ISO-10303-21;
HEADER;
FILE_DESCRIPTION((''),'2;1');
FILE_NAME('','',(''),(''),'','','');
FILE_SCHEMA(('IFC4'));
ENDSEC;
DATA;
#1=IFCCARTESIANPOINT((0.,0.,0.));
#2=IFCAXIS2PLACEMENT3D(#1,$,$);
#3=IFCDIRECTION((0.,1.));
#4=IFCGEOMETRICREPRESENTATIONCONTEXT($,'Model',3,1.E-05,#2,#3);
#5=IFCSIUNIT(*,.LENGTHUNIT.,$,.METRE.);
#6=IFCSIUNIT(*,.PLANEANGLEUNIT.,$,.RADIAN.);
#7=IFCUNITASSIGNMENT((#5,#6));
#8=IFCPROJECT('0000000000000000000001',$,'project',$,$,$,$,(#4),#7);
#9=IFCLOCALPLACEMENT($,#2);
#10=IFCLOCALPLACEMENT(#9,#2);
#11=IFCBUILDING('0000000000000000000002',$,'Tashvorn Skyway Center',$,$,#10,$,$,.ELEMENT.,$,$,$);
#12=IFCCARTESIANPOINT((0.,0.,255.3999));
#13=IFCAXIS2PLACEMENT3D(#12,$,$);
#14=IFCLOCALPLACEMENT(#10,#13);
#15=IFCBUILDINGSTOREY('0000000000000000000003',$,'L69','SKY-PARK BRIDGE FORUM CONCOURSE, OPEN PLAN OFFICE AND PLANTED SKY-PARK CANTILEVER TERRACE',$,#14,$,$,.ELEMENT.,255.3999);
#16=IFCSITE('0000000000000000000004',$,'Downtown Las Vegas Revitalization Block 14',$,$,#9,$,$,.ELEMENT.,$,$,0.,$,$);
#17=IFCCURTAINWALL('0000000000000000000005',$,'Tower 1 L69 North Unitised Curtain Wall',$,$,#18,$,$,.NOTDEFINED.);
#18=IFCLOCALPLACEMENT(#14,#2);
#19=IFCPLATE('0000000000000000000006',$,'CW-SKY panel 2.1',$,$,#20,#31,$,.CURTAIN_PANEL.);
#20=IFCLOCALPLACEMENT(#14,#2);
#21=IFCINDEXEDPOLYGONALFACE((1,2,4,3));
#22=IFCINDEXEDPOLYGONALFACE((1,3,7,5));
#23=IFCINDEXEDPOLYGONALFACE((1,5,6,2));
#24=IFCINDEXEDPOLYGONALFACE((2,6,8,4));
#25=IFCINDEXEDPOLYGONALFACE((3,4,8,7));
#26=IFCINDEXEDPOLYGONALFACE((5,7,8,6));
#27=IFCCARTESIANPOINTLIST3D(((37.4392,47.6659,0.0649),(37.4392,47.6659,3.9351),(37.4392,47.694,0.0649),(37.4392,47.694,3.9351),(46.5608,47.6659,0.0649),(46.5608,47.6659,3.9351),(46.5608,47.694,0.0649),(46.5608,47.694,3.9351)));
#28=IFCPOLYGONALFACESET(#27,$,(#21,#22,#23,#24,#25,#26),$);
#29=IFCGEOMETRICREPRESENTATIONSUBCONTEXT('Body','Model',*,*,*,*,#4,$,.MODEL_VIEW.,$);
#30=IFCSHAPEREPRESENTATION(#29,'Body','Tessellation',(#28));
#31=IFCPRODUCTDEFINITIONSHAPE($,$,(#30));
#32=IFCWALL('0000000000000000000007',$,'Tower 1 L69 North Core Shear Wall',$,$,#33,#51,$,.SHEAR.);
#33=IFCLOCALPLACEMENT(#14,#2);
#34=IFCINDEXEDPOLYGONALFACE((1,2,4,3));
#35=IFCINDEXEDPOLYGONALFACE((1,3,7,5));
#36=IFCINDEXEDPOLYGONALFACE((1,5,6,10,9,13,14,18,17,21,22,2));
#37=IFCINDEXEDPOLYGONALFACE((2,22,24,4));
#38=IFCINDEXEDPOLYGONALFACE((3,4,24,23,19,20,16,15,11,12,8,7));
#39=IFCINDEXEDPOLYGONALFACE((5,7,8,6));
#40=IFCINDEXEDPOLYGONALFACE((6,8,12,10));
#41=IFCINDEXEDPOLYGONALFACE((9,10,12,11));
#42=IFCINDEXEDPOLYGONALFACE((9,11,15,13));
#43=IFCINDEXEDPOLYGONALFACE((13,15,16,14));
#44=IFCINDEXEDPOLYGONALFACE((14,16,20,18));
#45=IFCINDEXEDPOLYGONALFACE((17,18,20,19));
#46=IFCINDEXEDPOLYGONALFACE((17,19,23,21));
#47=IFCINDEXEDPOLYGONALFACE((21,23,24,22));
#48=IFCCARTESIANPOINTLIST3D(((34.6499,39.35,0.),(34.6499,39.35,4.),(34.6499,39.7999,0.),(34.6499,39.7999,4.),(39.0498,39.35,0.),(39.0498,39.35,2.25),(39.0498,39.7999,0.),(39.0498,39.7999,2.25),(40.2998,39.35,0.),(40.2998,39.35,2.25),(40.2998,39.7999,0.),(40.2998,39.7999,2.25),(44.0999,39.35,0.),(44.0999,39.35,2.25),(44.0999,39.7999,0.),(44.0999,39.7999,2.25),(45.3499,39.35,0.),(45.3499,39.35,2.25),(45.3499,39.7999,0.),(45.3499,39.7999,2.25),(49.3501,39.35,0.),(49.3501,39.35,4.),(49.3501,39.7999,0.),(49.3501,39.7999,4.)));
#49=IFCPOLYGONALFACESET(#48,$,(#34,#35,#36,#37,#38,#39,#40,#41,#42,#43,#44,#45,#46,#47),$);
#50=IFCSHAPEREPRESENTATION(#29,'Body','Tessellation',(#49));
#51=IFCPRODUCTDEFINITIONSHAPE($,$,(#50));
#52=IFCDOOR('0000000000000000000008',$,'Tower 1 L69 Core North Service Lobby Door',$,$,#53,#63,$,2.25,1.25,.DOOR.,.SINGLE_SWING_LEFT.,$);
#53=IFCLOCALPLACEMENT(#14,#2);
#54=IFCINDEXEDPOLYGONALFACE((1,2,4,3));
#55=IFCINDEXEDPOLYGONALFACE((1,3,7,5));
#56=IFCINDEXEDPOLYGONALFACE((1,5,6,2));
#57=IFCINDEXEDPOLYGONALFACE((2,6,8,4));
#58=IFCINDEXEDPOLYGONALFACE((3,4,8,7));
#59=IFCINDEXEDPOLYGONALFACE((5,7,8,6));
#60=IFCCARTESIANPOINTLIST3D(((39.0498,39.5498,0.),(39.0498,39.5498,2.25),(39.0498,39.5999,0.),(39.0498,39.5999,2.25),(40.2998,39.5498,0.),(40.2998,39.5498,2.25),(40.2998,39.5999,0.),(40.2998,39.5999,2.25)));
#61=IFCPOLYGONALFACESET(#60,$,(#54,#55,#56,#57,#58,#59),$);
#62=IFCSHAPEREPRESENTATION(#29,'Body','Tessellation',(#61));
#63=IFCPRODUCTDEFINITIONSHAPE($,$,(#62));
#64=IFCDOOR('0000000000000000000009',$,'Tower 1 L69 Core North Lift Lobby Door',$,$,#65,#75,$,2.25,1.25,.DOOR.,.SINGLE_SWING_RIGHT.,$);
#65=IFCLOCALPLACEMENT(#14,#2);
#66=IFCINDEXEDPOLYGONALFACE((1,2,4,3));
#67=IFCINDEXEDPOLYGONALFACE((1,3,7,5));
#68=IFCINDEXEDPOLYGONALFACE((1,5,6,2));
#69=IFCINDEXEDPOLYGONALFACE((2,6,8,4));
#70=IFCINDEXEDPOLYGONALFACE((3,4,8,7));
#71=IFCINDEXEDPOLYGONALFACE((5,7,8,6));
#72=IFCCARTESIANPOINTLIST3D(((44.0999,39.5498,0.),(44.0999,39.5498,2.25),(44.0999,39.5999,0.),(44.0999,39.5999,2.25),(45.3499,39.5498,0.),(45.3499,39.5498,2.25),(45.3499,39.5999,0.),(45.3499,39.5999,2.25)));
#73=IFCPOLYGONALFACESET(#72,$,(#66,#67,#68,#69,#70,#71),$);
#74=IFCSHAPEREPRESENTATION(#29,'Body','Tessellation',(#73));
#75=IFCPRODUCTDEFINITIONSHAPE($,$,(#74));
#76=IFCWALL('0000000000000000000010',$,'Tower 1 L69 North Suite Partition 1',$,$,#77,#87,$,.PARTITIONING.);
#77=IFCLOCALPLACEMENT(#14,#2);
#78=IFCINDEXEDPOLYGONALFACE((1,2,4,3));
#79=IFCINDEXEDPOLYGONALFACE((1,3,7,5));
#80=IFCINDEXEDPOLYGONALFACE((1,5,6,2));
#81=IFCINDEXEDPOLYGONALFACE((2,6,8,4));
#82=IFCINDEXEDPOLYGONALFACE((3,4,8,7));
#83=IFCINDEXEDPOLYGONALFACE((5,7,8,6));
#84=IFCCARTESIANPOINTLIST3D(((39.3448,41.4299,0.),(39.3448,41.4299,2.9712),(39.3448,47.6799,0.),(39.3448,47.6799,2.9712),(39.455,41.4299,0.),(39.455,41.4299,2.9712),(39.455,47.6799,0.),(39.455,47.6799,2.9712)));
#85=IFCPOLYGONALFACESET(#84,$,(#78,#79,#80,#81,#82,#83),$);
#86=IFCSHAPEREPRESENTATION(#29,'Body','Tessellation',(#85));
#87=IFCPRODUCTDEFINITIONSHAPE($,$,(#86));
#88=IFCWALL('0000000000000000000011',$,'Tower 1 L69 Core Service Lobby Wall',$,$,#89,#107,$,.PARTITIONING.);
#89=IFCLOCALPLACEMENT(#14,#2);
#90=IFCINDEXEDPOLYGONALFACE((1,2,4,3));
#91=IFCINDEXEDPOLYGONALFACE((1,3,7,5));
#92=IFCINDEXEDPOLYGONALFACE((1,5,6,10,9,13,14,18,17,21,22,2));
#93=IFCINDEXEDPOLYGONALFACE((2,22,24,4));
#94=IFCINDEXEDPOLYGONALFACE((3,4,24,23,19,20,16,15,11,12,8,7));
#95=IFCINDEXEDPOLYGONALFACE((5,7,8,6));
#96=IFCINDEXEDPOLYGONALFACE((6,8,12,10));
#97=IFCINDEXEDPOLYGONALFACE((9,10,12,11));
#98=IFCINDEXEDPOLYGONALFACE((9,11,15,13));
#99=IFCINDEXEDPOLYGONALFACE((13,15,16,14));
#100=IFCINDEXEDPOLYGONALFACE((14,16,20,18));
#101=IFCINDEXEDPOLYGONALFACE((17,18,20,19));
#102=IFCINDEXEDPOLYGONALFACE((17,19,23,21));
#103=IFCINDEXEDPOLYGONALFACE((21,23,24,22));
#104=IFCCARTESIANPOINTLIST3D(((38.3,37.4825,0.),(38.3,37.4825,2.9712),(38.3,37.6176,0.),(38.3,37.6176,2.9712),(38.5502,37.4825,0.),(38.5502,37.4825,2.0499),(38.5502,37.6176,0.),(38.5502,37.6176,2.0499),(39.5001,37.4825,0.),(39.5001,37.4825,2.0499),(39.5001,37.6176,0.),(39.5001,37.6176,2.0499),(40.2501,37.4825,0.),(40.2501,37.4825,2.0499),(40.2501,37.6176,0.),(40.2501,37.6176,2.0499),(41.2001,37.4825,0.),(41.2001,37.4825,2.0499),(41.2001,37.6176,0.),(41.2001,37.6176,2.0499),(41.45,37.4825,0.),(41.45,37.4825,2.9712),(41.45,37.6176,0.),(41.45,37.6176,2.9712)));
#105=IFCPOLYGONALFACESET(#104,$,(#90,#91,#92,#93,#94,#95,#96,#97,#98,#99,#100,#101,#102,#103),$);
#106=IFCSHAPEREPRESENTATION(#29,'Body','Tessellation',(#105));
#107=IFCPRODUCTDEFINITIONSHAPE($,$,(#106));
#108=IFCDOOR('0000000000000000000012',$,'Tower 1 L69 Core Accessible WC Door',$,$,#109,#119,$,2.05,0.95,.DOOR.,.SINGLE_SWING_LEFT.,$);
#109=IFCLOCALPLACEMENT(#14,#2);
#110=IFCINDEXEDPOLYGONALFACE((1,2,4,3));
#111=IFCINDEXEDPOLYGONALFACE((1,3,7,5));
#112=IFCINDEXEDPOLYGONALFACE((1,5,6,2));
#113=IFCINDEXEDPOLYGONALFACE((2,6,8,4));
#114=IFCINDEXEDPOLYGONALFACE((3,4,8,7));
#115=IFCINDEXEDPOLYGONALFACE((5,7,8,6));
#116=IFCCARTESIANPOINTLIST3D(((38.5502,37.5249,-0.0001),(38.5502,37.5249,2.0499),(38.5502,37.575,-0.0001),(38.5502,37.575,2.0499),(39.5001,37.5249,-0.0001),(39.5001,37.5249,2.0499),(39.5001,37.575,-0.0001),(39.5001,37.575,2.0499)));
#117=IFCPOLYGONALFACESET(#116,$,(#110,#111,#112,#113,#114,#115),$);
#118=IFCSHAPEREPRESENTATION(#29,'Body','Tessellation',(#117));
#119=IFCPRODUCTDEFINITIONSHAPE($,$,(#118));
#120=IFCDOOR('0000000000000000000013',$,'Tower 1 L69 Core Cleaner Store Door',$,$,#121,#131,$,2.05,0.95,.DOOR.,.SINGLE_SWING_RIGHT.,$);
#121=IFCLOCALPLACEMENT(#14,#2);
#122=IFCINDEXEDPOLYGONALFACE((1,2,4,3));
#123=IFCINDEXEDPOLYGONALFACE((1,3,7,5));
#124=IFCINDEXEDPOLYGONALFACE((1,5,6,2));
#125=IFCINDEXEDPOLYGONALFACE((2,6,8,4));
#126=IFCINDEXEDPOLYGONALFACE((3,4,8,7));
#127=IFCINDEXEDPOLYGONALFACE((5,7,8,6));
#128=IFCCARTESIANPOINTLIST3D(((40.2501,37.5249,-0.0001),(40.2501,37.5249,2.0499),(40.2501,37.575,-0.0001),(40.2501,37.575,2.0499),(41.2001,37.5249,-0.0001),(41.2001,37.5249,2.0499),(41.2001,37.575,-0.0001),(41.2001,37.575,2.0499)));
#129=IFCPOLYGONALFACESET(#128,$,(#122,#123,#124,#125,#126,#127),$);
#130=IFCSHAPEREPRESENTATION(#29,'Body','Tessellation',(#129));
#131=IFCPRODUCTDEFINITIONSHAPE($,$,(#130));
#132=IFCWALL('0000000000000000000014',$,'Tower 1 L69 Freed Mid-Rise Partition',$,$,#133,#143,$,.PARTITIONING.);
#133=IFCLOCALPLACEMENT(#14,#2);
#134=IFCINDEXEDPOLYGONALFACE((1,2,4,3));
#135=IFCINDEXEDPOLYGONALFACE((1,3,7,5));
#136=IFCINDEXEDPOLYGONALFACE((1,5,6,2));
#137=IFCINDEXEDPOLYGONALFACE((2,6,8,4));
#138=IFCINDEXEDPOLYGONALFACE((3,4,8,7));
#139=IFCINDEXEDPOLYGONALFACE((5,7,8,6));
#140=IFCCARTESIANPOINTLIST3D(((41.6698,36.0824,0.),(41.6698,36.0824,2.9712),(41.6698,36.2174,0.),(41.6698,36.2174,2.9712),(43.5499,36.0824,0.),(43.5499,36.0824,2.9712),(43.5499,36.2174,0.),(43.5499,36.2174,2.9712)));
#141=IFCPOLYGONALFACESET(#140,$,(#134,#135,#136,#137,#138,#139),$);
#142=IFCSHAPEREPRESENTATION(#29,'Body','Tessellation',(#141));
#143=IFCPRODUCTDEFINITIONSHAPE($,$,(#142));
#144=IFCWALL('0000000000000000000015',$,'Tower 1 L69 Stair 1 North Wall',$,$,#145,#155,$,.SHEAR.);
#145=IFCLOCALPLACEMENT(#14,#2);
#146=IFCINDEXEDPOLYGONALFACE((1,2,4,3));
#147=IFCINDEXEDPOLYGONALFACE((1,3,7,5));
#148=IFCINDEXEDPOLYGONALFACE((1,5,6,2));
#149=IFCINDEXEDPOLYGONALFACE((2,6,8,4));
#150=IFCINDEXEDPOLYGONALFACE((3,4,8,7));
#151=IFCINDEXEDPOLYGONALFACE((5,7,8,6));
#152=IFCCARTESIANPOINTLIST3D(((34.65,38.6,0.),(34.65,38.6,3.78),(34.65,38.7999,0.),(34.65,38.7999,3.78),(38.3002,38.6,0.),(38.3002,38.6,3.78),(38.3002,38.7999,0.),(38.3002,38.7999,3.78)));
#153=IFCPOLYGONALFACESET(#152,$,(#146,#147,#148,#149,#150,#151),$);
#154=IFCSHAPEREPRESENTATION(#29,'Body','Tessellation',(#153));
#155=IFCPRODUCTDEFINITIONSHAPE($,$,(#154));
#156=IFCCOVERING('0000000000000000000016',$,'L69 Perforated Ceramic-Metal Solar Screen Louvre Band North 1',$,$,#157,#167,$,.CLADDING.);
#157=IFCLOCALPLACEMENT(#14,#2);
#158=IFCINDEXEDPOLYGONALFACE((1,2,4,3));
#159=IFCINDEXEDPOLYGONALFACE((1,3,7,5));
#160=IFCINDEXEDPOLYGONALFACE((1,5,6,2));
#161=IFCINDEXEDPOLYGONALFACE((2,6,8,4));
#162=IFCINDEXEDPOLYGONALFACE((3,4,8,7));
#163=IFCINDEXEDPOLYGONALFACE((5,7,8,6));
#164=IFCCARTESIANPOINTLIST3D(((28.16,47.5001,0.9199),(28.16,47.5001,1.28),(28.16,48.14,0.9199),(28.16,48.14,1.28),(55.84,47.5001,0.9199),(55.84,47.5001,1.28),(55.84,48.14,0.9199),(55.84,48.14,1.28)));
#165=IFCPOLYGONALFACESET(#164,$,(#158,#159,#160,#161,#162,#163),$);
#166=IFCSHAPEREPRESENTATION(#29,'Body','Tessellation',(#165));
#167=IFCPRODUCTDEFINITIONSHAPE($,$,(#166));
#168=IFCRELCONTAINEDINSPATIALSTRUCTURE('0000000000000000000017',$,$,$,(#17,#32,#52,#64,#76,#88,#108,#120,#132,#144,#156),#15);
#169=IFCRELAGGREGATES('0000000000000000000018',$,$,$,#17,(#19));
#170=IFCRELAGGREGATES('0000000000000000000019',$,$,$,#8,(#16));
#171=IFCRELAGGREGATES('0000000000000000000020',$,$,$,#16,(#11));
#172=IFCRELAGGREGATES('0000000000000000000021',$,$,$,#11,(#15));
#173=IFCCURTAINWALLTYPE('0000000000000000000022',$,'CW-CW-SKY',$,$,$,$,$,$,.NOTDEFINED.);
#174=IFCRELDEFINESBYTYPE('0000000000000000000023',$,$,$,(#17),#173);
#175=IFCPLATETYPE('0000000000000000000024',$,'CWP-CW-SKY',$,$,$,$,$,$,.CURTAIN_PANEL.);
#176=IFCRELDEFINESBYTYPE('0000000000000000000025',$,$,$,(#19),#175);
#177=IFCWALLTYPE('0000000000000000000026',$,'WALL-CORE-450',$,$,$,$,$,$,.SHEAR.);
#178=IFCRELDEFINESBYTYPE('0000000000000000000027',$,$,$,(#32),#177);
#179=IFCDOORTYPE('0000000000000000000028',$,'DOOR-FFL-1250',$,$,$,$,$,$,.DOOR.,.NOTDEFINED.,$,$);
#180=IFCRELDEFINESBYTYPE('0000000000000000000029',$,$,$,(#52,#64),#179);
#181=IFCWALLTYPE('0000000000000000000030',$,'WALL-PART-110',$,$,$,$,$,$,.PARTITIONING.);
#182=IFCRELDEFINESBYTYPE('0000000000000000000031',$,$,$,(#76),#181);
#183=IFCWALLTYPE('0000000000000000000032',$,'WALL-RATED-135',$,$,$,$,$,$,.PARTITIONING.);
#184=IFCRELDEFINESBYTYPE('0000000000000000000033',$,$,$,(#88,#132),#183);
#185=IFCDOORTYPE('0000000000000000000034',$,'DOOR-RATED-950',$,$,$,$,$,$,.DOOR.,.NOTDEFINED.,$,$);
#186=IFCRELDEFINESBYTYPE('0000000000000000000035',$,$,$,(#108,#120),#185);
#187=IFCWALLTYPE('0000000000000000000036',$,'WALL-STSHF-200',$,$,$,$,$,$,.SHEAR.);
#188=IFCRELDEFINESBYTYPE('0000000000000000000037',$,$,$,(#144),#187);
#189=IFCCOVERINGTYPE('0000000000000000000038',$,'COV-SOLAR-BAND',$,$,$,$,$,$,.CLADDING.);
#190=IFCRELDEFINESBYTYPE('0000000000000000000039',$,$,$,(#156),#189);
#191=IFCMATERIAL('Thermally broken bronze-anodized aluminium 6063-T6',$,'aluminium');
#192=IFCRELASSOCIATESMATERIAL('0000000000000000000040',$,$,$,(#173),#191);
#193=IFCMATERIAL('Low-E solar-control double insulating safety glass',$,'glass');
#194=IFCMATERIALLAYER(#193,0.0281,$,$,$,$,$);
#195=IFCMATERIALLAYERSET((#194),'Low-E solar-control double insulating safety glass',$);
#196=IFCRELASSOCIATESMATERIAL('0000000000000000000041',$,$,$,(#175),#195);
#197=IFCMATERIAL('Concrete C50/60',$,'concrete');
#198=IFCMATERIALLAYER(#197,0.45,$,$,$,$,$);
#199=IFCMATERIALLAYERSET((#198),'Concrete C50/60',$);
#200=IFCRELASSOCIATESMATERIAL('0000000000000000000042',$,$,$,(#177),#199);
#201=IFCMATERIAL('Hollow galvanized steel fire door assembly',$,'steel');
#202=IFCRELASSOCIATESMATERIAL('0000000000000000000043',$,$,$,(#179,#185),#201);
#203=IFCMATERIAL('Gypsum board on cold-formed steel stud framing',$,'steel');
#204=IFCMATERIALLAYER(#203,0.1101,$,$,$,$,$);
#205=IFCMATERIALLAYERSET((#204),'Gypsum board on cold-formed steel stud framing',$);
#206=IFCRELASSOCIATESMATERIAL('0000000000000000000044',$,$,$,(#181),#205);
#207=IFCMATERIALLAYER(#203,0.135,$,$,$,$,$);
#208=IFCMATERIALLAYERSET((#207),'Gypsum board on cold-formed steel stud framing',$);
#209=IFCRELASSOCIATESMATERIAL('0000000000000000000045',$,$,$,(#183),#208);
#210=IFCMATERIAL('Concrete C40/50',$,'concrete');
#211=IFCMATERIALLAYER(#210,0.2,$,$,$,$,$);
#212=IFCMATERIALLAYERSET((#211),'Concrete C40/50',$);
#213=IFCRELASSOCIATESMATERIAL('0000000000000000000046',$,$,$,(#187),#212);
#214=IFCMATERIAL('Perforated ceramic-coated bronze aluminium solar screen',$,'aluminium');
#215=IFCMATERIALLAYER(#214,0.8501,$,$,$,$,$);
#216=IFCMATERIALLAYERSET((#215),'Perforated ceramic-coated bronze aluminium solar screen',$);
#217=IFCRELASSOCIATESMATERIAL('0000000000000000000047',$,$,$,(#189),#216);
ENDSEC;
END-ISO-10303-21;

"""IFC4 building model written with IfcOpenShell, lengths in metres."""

from ifc_helpers import new_model, si_unit, direction, frame, frame_2d, origin, origin_2d, place, context, subcontext, project, spatial, rectangle, extrude, material, layer, layer_set, type_object, element, fill, aggregate, save


model = new_model("IFC4")

# Units and contexts
model_context = context("Model", 3, precision=1e-05, world=origin(), true_north=direction((0.0, 1.0)))
body_context = subcontext(model_context, "Body", "Model", "MODEL_VIEW")
ifc_project = project(units=[si_unit("LENGTHUNIT", "METRE"), si_unit("PLANEANGLEUNIT", "RADIAN")], contexts=[model_context])

# Site, building, storey
site_placement = place(None, origin())
site = spatial("IfcSite", under=ifc_project, at=site_placement, Name="Downtown Las Vegas Revitalization Block 14", CompositionType="ELEMENT", RefElevation=0.0)
building_placement = place(site_placement, origin())
building = spatial("IfcBuilding", under=site, at=building_placement, Name="Tashvorn Skyway Center", CompositionType="ELEMENT")
storey_placement = place(building_placement, frame((0.0, 0.0, 255.3999)))
storey = spatial("IfcBuildingStorey", under=building, at=storey_placement, Name="L69", Description="SKY-PARK BRIDGE FORUM CONCOURSE, OPEN PLAN OFFICE AND PLANTED SKY-PARK CANTILEVER TERRACE", CompositionType="ELEMENT", Elevation=255.3999)

# Curtain wall, plate
ifc_material_1 = material(Name="Thermally broken bronze-anodized aluminium 6063-T6", Category="aluminium")
curtain_wall_type = type_object("IfcCurtainWallType", Name="CW-CW-SKY", PredefinedType="NOTDEFINED", material=ifc_material_1)
curtain_wall_placement = place(storey_placement, origin())
curtain_wall = element("IfcCurtainWall", 1, at=curtain_wall_placement, inside=storey, type_object=curtain_wall_type, Name="Tower 1 L69 North Unitised Curtain Wall", PredefinedType="NOTDEFINED")
ifc_material_2 = material(Name="Low-E solar-control double insulating safety glass", Category="glass")
ifc_layer_1 = layer(ifc_material_2, 0.0281)
ifc_layer_set_1 = layer_set([ifc_layer_1], Name="Low-E solar-control double insulating safety glass")
plate_type = type_object("IfcPlateType", Name="CWP-CW-SKY", PredefinedType="CURTAIN_PANEL", material=ifc_layer_set_1)
plate_1_placement = place(storey_placement, frame((42.0, 47.6799, 0.0649), z_axis=(0.0, 0.0, 1.0), x_axis=(1.0, 0.0, 0.0)))
plate_1 = element("IfcPlate", 2, at=plate_1_placement, type_object=plate_type, Name="CW-SKY panel 2.1", PredefinedType="CURTAIN_PANEL", context=body_context, shape_type="SweptSolid", body=[
    extrude(rectangle(XDim=9.1216, YDim=0.0281, at=origin_2d()), origin(), (0.0, 0.0, 1.0), 3.8701),
])
aggregate(curtain_wall, [plate_1])

# Wall, openings, doors
ifc_material_3 = material(Name="Concrete C50/60", Category="concrete")
ifc_layer_2 = layer(ifc_material_3, 0.45)
ifc_layer_set_2 = layer_set([ifc_layer_2], Name="Concrete C50/60")
wall_type_1 = type_object("IfcWallType", Name="WALL-CORE-450", PredefinedType="SHEAR", material=ifc_layer_set_2)
wall_1_placement = place(storey_placement, frame((34.6499, 39.575, 0.0), z_axis=(0.0, 0.0, 1.0), x_axis=(1.0, 0.0, 0.0)))
wall_1 = element("IfcWall", 3, at=wall_1_placement, inside=storey, type_object=wall_type_1, Name="Tower 1 L69 North Core Shear Wall", PredefinedType="SHEAR", context=body_context, shape_type="SweptSolid", body=[
    extrude(rectangle(XDim=14.7002, YDim=0.45, at=frame_2d((7.3501, 0.0))), origin(), (0.0, 0.0, 1.0), 4.0),
])
opening_1_placement = place(wall_1_placement, frame((4.3999, 0.0, 0.0)))
opening_1 = element("IfcOpeningElement", 4, at=opening_1_placement, cuts=wall_1, PredefinedType="OPENING", context=body_context, shape_type="SweptSolid", body=[
    extrude(rectangle(XDim=1.25, YDim=2.25, at=frame_2d((0.625, 1.125))), frame((0.0, 0.2349, 0.0), z_axis=(0.0, -1.0, 0.0), x_axis=(1.0, 0.0, 0.0)), (0.0, 0.0, 1.0), 0.47),
])
opening_2_placement = place(wall_1_placement, frame((9.45, 0.0, 0.0)))
opening_2 = element("IfcOpeningElement", 5, at=opening_2_placement, cuts=wall_1, PredefinedType="OPENING", context=body_context, shape_type="SweptSolid", body=[
    extrude(rectangle(XDim=1.25, YDim=2.25, at=frame_2d((0.625, 1.125))), frame((0.0, 0.2349, 0.0), z_axis=(0.0, -1.0, 0.0), x_axis=(1.0, 0.0, 0.0)), (0.0, 0.0, 1.0), 0.47),
])
ifc_material_4 = material(Name="Hollow galvanized steel fire door assembly", Category="steel")
door_type_1 = type_object("IfcDoorType", Name="DOOR-FFL-1250", OperationType="NOTDEFINED", PredefinedType="DOOR", material=ifc_material_4)
door_1_placement = place(opening_1_placement, origin())
door_1 = element("IfcDoor", 6, at=door_1_placement, inside=storey, type_object=door_type_1, Name="Tower 1 L69 Core North Service Lobby Door", OperationType="SINGLE_SWING_LEFT", OverallHeight=2.25, OverallWidth=1.25, PredefinedType="DOOR", context=body_context, shape_type="SweptSolid", body=[
    extrude(rectangle(XDim=1.25, YDim=2.25, at=frame_2d((0.625, 1.125))), frame((0.0, 0.0249, 0.0), z_axis=(0.0, -1.0, 0.0), x_axis=(1.0, 0.0, 0.0)), (0.0, 0.0, 1.0), 0.05),
])
fill(opening_1, door_1)
door_2_placement = place(opening_2_placement, origin())
door_2 = element("IfcDoor", 7, at=door_2_placement, inside=storey, type_object=door_type_1, Name="Tower 1 L69 Core North Lift Lobby Door", OperationType="SINGLE_SWING_RIGHT", OverallHeight=2.25, OverallWidth=1.25, PredefinedType="DOOR", context=body_context, shape_type="SweptSolid", body=[
    extrude(rectangle(XDim=1.25, YDim=2.25, at=frame_2d((0.625, 1.125))), frame((0.0, 0.0249, 0.0), z_axis=(0.0, -1.0, 0.0), x_axis=(1.0, 0.0, 0.0)), (0.0, 0.0, 1.0), 0.05),
])
fill(opening_2, door_2)

# Wall
ifc_material_5 = material(Name="Gypsum board on cold-formed steel stud framing", Category="steel")
ifc_layer_3 = layer(ifc_material_5, 0.1101)
ifc_layer_set_3 = layer_set([ifc_layer_3], Name="Gypsum board on cold-formed steel stud framing")
wall_type_2 = type_object("IfcWallType", Name="WALL-PART-110", PredefinedType="PARTITIONING", material=ifc_layer_set_3)
wall_2_placement = place(storey_placement, frame((39.3999, 41.4299, 0.0), z_axis=(0.0, 0.0, 1.0), x_axis=(0.0, 1.0, 0.0)))
element("IfcWall", 8, at=wall_2_placement, inside=storey, type_object=wall_type_2, Name="Tower 1 L69 North Suite Partition 1", PredefinedType="PARTITIONING", context=body_context, shape_type="SweptSolid", body=[
    extrude(rectangle(XDim=6.25, YDim=0.1101, at=frame_2d((3.125, 0.0))), origin(), (0.0, 0.0, 1.0), 2.9712),
])

# Wall, openings, doors
ifc_layer_4 = layer(ifc_material_5, 0.135)
ifc_layer_set_4 = layer_set([ifc_layer_4], Name="Gypsum board on cold-formed steel stud framing")
wall_type_3 = type_object("IfcWallType", Name="WALL-RATED-135", PredefinedType="PARTITIONING", material=ifc_layer_set_4)
wall_3_placement = place(storey_placement, frame((38.3, 37.55, 0.0), z_axis=(0.0, 0.0, 1.0), x_axis=(1.0, 0.0, 0.0)))
wall_3 = element("IfcWall", 9, at=wall_3_placement, inside=storey, type_object=wall_type_3, Name="Tower 1 L69 Core Service Lobby Wall", PredefinedType="PARTITIONING", context=body_context, shape_type="SweptSolid", body=[
    extrude(rectangle(XDim=3.1499, YDim=0.135, at=frame_2d((1.575, 0.0))), origin(), (0.0, 0.0, 1.0), 2.9712),
])
opening_3_placement = place(wall_3_placement, frame((0.25, 0.0, 0.0)))
opening_3 = element("IfcOpeningElement", 10, at=opening_3_placement, cuts=wall_3, PredefinedType="OPENING", context=body_context, shape_type="SweptSolid", body=[
    extrude(rectangle(XDim=0.95, YDim=2.05, at=frame_2d((0.4751, 1.0249))), frame((0.0, 0.0774, 0.0), z_axis=(0.0, -1.0, 0.0), x_axis=(1.0, 0.0, 0.0)), (0.0, 0.0, 1.0), 0.155),
])
opening_4_placement = place(wall_3_placement, frame((1.95, 0.0, 0.0)))
opening_4 = element("IfcOpeningElement", 11, at=opening_4_placement, cuts=wall_3, PredefinedType="OPENING", context=body_context, shape_type="SweptSolid", body=[
    extrude(rectangle(XDim=0.95, YDim=2.05, at=frame_2d((0.4751, 1.0249))), frame((0.0, 0.0774, 0.0), z_axis=(0.0, -1.0, 0.0), x_axis=(1.0, 0.0, 0.0)), (0.0, 0.0, 1.0), 0.155),
])
door_type_2 = type_object("IfcDoorType", Name="DOOR-RATED-950", OperationType="NOTDEFINED", PredefinedType="DOOR", material=ifc_material_4)
door_3_placement = place(opening_3_placement, origin())
door_3 = element("IfcDoor", 12, at=door_3_placement, inside=storey, type_object=door_type_2, Name="Tower 1 L69 Core Accessible WC Door", OperationType="SINGLE_SWING_LEFT", OverallHeight=2.05, OverallWidth=0.95, PredefinedType="DOOR", context=body_context, shape_type="SweptSolid", body=[
    extrude(rectangle(XDim=0.95, YDim=2.05, at=frame_2d((0.4751, 1.0249))), frame((0.0, 0.0249, 0.0), z_axis=(0.0, -1.0, 0.0), x_axis=(1.0, 0.0, 0.0)), (0.0, 0.0, 1.0), 0.05),
])
fill(opening_3, door_3)
door_4_placement = place(opening_4_placement, origin())
door_4 = element("IfcDoor", 13, at=door_4_placement, inside=storey, type_object=door_type_2, Name="Tower 1 L69 Core Cleaner Store Door", OperationType="SINGLE_SWING_RIGHT", OverallHeight=2.05, OverallWidth=0.95, PredefinedType="DOOR", context=body_context, shape_type="SweptSolid", body=[
    extrude(rectangle(XDim=0.95, YDim=2.05, at=frame_2d((0.4751, 1.0249))), frame((0.0, 0.0249, 0.0), z_axis=(0.0, -1.0, 0.0), x_axis=(1.0, 0.0, 0.0)), (0.0, 0.0, 1.0), 0.05),
])
fill(opening_4, door_4)

# Walls
wall_4_placement = place(storey_placement, frame((41.6699, 36.1499, 0.0), z_axis=(0.0, 0.0, 1.0), x_axis=(1.0, 0.0, 0.0)))
element("IfcWall", 14, at=wall_4_placement, inside=storey, type_object=wall_type_3, Name="Tower 1 L69 Freed Mid-Rise Partition", PredefinedType="PARTITIONING", context=body_context, shape_type="SweptSolid", body=[
    extrude(rectangle(XDim=1.8801, YDim=0.135, at=frame_2d((0.9399, 0.0))), origin(), (0.0, 0.0, 1.0), 2.9712),
])
ifc_material_6 = material(Name="Concrete C40/50", Category="concrete")
ifc_layer_5 = layer(ifc_material_6, 0.2)
ifc_layer_set_5 = layer_set([ifc_layer_5], Name="Concrete C40/50")
wall_type_4 = type_object("IfcWallType", Name="WALL-STSHF-200", PredefinedType="SHEAR", material=ifc_layer_set_5)
wall_5_placement = place(storey_placement, frame((34.6499, 38.7, 0.0), z_axis=(0.0, 0.0, 1.0), x_axis=(1.0, 0.0, 0.0)))
element("IfcWall", 15, at=wall_5_placement, inside=storey, type_object=wall_type_4, Name="Tower 1 L69 Stair 1 North Wall", PredefinedType="SHEAR", context=body_context, shape_type="SweptSolid", body=[
    extrude(rectangle(XDim=3.6501, YDim=0.2, at=frame_2d((1.8252, 0.0))), origin(), (0.0, 0.0, 1.0), 3.78),
])

# Covering
ifc_material_7 = material(Name="Perforated ceramic-coated bronze aluminium solar screen", Category="aluminium")
ifc_layer_6 = layer(ifc_material_7, 0.8501)
ifc_layer_set_6 = layer_set([ifc_layer_6], Name="Perforated ceramic-coated bronze aluminium solar screen")
covering_type = type_object("IfcCoveringType", Name="COV-SOLAR-BAND", PredefinedType="CLADDING", material=ifc_layer_set_6)
covering_placement = place(storey_placement, frame((42.0, 47.8201, 0.9199), z_axis=(0.0, 0.0, 1.0), x_axis=(1.0, 0.0, 0.0)))
element("IfcCovering", 16, at=covering_placement, inside=storey, type_object=covering_type, Name="L69 Perforated Ceramic-Metal Solar Screen Louvre Band North 1", PredefinedType="CLADDING", context=body_context, shape_type="SweptSolid", body=[
    extrude(rectangle(XDim=27.6799, YDim=0.6399, at=origin_2d()), origin(), (0.0, 0.0, 1.0), 0.3601),
])

save(model, "model.ifc")
